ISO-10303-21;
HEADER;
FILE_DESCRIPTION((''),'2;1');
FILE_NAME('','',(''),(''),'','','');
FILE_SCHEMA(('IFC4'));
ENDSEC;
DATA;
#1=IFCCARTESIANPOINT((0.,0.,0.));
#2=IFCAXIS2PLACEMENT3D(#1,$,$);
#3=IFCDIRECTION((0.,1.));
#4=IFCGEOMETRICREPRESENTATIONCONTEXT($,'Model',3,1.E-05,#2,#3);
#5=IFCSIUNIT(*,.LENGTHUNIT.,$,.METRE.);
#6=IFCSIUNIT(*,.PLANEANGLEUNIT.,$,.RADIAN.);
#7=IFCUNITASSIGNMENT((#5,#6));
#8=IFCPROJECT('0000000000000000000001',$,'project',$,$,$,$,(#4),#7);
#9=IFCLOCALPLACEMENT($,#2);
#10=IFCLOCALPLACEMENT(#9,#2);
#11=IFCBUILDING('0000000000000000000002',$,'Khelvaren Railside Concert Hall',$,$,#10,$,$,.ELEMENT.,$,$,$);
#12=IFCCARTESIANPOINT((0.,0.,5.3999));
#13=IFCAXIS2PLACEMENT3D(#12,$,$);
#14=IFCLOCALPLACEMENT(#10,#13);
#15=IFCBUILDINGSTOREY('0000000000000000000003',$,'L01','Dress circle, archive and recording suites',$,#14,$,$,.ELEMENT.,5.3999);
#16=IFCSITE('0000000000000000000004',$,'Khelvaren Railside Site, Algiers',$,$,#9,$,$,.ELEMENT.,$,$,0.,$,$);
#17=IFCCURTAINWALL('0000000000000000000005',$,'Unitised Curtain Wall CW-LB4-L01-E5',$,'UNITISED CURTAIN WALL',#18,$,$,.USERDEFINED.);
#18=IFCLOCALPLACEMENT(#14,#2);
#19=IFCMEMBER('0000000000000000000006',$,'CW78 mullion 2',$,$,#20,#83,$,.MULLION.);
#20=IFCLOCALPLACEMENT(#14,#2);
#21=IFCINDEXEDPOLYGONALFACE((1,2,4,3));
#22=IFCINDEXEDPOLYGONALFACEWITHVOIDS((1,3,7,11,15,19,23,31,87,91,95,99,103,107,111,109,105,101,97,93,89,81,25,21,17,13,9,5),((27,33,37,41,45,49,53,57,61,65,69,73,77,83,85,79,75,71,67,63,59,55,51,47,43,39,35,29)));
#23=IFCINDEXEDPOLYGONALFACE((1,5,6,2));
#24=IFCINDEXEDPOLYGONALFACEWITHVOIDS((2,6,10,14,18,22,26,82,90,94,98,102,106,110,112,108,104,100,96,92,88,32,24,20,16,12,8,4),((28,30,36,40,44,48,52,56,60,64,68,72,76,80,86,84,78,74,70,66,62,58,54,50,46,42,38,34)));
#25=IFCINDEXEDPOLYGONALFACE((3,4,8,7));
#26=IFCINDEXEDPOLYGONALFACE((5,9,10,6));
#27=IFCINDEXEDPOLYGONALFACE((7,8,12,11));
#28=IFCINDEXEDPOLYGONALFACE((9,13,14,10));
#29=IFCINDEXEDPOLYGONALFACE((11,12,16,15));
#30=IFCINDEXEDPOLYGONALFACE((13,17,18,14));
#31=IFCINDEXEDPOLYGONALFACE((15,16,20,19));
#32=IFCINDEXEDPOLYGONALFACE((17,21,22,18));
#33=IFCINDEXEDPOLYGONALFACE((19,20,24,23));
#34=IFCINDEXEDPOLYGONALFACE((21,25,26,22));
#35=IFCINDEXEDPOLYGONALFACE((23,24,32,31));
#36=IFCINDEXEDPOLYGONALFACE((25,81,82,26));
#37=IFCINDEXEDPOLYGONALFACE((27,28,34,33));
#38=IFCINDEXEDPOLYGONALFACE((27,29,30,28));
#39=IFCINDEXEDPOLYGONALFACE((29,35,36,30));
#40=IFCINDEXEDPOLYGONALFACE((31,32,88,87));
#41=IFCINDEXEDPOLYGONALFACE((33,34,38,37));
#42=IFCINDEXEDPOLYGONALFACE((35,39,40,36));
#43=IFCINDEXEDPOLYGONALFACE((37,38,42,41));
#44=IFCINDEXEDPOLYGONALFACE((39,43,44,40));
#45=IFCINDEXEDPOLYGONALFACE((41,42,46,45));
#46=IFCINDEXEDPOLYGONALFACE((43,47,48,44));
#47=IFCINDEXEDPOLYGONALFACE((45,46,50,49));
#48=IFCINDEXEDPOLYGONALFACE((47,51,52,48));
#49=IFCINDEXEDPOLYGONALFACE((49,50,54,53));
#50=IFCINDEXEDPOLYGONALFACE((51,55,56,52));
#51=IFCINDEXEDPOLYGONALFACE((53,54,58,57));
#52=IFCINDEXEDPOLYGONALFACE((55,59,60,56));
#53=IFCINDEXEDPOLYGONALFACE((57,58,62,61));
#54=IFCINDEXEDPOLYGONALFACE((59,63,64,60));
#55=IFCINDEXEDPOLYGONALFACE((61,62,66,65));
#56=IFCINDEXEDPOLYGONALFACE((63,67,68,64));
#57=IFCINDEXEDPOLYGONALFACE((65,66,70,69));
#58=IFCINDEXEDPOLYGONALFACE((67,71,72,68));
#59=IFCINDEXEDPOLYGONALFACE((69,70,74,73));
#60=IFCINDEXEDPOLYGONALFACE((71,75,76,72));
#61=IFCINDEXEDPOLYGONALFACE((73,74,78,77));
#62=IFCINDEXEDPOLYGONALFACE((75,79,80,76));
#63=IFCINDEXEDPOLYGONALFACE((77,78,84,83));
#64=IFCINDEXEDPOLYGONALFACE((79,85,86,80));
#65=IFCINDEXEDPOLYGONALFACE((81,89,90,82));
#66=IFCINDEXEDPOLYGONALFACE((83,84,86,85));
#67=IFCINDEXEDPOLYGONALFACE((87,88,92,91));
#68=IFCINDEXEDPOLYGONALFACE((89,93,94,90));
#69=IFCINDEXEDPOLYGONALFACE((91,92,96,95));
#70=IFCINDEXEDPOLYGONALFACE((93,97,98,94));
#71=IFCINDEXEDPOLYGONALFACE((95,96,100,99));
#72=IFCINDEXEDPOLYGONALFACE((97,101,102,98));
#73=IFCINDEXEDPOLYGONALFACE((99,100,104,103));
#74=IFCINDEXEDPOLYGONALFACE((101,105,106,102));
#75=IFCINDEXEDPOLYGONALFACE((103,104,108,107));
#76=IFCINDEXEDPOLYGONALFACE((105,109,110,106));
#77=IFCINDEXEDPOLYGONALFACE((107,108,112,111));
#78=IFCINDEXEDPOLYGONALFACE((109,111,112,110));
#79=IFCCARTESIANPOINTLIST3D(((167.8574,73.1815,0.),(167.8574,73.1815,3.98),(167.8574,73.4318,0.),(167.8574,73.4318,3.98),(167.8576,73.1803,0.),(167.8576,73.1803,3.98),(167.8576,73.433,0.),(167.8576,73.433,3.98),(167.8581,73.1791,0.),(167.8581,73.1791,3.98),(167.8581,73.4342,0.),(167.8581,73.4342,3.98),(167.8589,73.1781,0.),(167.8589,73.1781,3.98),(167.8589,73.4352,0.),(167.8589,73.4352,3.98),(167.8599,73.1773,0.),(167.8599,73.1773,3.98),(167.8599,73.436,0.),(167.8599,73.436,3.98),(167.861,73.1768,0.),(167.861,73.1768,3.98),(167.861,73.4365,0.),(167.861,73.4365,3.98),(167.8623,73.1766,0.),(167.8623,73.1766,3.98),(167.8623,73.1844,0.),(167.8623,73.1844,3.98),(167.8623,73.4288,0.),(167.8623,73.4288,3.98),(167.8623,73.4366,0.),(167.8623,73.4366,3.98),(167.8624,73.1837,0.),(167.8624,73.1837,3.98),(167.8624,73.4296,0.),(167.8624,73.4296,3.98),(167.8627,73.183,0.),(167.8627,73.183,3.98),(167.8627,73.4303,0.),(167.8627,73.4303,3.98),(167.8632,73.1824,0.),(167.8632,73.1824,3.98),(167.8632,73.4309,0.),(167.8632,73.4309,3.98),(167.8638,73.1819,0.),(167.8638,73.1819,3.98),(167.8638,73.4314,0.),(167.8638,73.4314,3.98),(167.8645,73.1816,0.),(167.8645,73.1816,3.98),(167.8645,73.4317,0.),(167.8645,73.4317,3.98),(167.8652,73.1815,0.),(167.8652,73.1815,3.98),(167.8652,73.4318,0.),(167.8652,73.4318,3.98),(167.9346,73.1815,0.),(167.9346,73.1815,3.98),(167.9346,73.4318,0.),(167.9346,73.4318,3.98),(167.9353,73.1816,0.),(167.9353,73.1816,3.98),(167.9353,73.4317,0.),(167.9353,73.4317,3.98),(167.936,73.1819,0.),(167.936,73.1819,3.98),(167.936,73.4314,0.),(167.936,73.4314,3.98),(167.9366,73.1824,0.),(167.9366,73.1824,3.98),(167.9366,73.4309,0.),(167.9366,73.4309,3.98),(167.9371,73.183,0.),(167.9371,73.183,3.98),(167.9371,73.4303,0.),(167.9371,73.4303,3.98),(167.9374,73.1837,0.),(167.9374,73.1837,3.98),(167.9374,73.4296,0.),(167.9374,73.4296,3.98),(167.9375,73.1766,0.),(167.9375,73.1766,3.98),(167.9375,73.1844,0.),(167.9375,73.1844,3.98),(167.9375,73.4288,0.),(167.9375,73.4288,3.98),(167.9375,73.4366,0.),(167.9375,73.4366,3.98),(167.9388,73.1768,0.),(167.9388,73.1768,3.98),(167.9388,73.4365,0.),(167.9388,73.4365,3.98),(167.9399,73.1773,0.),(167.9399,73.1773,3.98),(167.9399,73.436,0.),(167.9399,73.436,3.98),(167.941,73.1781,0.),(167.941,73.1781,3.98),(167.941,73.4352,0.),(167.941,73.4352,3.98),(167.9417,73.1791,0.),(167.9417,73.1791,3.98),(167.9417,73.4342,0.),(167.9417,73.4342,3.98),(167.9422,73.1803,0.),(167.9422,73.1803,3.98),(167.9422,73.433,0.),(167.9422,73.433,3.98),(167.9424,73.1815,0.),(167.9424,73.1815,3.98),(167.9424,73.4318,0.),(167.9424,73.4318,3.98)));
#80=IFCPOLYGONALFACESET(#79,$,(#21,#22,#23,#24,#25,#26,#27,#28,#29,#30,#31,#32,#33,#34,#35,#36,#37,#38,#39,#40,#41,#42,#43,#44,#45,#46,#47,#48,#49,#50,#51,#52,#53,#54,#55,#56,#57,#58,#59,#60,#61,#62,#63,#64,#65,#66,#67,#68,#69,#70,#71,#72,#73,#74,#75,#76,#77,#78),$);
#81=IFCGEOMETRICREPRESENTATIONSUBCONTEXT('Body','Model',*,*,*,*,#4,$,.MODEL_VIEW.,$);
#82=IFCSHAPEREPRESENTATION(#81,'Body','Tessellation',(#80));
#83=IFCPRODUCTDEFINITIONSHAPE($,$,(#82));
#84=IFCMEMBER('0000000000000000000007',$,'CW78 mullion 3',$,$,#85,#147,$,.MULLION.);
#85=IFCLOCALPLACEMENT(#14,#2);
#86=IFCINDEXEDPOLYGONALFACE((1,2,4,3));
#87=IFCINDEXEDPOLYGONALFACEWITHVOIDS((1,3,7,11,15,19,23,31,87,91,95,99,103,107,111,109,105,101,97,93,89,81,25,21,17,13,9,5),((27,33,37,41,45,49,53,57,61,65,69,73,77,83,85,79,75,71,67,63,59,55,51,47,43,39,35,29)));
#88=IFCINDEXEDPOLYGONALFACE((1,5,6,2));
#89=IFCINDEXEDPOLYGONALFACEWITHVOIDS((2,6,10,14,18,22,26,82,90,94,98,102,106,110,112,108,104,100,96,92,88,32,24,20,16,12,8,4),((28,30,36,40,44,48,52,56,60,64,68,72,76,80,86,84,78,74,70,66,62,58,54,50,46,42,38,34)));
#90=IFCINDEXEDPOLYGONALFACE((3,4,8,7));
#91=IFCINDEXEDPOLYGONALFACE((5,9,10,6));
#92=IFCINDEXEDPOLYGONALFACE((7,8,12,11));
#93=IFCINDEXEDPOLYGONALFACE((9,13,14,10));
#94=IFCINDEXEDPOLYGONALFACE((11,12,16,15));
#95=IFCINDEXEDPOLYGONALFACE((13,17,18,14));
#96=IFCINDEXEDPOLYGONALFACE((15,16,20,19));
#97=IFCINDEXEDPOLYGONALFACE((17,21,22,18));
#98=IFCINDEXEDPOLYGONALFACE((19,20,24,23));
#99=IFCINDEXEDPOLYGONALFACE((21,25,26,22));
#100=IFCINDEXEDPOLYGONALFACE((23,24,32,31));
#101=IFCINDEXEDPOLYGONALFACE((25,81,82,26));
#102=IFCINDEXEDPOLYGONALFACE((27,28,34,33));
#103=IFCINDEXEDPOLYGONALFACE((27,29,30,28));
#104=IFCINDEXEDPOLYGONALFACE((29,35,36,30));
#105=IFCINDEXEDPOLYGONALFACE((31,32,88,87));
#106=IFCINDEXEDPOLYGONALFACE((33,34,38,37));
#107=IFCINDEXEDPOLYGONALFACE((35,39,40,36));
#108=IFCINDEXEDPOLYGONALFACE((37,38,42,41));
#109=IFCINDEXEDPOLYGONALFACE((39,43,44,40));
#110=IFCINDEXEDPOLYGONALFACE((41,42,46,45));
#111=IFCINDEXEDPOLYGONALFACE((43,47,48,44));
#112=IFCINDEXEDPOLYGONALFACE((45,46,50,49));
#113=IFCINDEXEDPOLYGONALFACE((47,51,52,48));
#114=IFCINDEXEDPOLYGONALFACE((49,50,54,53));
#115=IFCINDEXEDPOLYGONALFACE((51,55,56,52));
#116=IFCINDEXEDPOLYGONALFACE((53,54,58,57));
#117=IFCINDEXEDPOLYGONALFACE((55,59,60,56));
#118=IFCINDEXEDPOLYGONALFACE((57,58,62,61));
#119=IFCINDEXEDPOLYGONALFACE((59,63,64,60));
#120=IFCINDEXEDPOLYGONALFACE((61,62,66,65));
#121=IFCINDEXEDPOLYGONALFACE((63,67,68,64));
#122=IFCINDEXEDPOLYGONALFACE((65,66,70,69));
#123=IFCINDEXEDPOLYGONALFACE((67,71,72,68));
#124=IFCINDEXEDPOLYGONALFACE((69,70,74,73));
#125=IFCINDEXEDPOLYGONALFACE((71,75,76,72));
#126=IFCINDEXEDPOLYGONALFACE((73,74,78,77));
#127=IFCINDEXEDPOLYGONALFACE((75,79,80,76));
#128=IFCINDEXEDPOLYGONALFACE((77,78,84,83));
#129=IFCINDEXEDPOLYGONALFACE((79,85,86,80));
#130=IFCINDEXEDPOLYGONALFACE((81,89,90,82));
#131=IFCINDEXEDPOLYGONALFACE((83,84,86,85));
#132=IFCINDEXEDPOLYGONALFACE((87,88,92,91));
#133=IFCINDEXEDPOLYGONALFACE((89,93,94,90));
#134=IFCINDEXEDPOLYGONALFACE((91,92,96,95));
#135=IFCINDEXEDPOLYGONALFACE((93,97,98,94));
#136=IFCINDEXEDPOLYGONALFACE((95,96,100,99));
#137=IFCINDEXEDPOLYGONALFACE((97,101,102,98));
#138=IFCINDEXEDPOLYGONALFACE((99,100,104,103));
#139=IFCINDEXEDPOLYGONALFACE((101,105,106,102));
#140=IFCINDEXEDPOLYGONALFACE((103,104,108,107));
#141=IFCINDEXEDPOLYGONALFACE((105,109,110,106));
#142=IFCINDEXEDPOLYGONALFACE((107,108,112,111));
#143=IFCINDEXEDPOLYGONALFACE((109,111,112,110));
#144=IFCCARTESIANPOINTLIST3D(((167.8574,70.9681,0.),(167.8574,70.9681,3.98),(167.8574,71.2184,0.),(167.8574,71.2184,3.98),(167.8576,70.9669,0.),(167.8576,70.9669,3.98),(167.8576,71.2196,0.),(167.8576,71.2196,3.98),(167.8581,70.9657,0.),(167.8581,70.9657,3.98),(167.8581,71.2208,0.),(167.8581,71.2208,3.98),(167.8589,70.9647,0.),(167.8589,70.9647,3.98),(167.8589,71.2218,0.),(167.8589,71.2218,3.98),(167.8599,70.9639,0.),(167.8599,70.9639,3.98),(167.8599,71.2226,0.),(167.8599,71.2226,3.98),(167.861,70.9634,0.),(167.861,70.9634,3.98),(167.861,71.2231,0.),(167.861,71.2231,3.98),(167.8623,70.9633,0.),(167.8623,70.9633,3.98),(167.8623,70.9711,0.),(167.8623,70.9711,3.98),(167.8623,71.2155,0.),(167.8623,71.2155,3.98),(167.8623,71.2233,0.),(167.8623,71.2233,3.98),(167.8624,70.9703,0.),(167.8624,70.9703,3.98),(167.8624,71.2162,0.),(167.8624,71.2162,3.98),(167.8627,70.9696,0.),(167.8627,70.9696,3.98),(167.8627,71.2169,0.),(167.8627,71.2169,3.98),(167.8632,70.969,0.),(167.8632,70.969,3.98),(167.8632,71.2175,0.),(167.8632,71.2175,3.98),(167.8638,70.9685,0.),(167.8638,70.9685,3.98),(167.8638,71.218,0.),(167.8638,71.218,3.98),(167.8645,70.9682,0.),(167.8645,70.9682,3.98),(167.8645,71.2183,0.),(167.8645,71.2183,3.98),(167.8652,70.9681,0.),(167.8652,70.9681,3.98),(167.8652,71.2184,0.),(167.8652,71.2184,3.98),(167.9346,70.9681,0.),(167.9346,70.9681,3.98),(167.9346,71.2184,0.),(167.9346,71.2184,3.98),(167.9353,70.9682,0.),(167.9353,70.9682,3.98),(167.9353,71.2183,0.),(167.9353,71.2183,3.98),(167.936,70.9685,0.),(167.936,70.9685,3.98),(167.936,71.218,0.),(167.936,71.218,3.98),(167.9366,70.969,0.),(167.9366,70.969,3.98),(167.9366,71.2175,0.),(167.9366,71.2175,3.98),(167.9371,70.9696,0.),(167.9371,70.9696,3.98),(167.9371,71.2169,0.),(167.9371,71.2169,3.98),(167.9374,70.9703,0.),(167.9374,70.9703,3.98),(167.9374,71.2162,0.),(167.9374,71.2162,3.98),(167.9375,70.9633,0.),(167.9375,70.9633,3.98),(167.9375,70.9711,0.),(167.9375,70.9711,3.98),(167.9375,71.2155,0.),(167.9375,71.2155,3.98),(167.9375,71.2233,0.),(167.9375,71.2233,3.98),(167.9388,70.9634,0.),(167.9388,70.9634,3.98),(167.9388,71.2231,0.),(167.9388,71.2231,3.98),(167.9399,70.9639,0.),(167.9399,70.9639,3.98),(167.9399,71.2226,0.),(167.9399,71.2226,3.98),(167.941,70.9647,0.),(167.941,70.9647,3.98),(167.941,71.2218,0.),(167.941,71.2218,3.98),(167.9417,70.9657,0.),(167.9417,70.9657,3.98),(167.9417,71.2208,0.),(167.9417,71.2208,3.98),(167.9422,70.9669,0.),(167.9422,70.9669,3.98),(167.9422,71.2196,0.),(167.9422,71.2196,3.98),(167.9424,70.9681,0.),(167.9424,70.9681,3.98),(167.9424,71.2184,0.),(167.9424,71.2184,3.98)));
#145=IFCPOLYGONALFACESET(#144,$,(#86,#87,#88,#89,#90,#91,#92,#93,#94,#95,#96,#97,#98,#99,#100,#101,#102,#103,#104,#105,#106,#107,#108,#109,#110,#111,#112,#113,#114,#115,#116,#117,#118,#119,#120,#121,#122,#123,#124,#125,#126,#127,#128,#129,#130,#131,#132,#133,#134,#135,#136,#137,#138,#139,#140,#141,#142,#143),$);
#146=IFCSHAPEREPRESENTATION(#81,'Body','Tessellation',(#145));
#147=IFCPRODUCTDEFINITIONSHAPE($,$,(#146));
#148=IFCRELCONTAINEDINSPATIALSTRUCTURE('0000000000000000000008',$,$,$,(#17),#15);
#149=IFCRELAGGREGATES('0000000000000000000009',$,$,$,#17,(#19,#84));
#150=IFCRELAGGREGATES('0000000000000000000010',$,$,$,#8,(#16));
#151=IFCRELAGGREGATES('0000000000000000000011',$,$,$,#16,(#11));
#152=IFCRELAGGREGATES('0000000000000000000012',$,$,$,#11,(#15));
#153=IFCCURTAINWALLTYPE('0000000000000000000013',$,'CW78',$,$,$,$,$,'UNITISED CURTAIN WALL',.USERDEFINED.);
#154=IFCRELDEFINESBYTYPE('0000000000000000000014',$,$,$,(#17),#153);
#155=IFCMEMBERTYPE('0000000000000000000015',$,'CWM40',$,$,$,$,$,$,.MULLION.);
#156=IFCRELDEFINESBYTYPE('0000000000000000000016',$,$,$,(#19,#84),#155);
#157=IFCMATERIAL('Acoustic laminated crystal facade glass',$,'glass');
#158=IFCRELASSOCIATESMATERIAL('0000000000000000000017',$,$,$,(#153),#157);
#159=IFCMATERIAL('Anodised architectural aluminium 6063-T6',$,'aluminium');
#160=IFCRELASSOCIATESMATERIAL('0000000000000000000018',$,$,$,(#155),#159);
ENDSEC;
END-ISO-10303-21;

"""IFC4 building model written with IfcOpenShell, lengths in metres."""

from ifc_helpers import new_model, si_unit, direction, frame, origin, origin_2d, place, context, subcontext, project, spatial, hollow_rectangle, extrude, material, material_profile, profile_set, type_object, element, aggregate, save


model = new_model("IFC4")

# Units and contexts
model_context = context("Model", 3, precision=1e-05, world=origin(), true_north=direction((0.0, 1.0)))
body_context = subcontext(model_context, "Body", "Model", "MODEL_VIEW")
ifc_project = project(units=[si_unit("LENGTHUNIT", "METRE"), si_unit("PLANEANGLEUNIT", "RADIAN")], contexts=[model_context])

# Site, building, storey
site_placement = place(None, origin())
site = spatial("IfcSite", under=ifc_project, at=site_placement, Name="Khelvaren Railside Site, Algiers", CompositionType="ELEMENT", RefElevation=0.0)
building_placement = place(site_placement, origin())
building = spatial("IfcBuilding", under=site, at=building_placement, Name="Khelvaren Railside Concert Hall", CompositionType="ELEMENT")
storey_placement = place(building_placement, frame((0.0, 0.0, 5.3999)))
storey = spatial("IfcBuildingStorey", under=building, at=storey_placement, Name="L01", Description="Dress circle, archive and recording suites", CompositionType="ELEMENT", Elevation=5.3999)

# Shared definitions
ifc_material_1 = material(Name="Acoustic laminated crystal facade glass", Category="glass")
curtain_wall_type = type_object("IfcCurtainWallType", Name="CW78", ElementType="UNITISED CURTAIN WALL", PredefinedType="USERDEFINED", material=ifc_material_1)
ifc_material_2 = material(Name="Anodised architectural aluminium 6063-T6", Category="aluminium")
ifc_material_profile_1 = material_profile(ifc_material_2, hollow_rectangle(XDim=0.085, YDim=0.26, WallThickness=0.0049, InnerFilletRadius=0.0029, OuterFilletRadius=0.0049, at=origin_2d()), Name="CWM 85x260x5")
ifc_profile_set_1 = profile_set([ifc_material_profile_1], Name="Anodised architectural aluminium 6063-T6")
member_type_1 = type_object("IfcMemberType", Name="CWM40", PredefinedType="MULLION", material=ifc_profile_set_1)

# Curtain wall, members
curtain_wall_1_placement = place(storey_placement, origin())
curtain_wall_1 = element("IfcCurtainWall", 1, at=curtain_wall_1_placement, inside=storey, type_object=curtain_wall_type, Name="Unitised Curtain Wall CW-LB4-L01-E5", ObjectType="UNITISED CURTAIN WALL", PredefinedType="USERDEFINED")
member_1_placement = place(storey_placement, frame((167.8999, 73.3066, 0.0), z_axis=(0.0, 0.0, 1.0), x_axis=(1.0, 0.0, 0.0)))
member_1 = element("IfcMember", 2, at=member_1_placement, type_object=member_type_1, Name="CW78 mullion 2", PredefinedType="MULLION", context=body_context, shape_type="SweptSolid", body=[
    extrude(hollow_rectangle(XDim=0.085, YDim=0.26, WallThickness=0.0049, InnerFilletRadius=0.0029, OuterFilletRadius=0.0049, at=origin_2d()), origin(), (0.0, 0.0, 1.0), 3.98),
])
member_2_placement = place(storey_placement, frame((167.8999, 71.0933, 0.0), z_axis=(0.0, 0.0, 1.0), x_axis=(1.0, 0.0, 0.0)))
member_2 = element("IfcMember", 3, at=member_2_placement, type_object=member_type_1, Name="CW78 mullion 3", PredefinedType="MULLION", context=body_context, shape_type="SweptSolid", body=[
    extrude(hollow_rectangle(XDim=0.085, YDim=0.26, WallThickness=0.0049, InnerFilletRadius=0.0029, OuterFilletRadius=0.0049, at=origin_2d()), origin(), (0.0, 0.0, 1.0), 3.98),
])

aggregate(curtain_wall_1, [member_1, member_2])

save(model, "model.ifc")
